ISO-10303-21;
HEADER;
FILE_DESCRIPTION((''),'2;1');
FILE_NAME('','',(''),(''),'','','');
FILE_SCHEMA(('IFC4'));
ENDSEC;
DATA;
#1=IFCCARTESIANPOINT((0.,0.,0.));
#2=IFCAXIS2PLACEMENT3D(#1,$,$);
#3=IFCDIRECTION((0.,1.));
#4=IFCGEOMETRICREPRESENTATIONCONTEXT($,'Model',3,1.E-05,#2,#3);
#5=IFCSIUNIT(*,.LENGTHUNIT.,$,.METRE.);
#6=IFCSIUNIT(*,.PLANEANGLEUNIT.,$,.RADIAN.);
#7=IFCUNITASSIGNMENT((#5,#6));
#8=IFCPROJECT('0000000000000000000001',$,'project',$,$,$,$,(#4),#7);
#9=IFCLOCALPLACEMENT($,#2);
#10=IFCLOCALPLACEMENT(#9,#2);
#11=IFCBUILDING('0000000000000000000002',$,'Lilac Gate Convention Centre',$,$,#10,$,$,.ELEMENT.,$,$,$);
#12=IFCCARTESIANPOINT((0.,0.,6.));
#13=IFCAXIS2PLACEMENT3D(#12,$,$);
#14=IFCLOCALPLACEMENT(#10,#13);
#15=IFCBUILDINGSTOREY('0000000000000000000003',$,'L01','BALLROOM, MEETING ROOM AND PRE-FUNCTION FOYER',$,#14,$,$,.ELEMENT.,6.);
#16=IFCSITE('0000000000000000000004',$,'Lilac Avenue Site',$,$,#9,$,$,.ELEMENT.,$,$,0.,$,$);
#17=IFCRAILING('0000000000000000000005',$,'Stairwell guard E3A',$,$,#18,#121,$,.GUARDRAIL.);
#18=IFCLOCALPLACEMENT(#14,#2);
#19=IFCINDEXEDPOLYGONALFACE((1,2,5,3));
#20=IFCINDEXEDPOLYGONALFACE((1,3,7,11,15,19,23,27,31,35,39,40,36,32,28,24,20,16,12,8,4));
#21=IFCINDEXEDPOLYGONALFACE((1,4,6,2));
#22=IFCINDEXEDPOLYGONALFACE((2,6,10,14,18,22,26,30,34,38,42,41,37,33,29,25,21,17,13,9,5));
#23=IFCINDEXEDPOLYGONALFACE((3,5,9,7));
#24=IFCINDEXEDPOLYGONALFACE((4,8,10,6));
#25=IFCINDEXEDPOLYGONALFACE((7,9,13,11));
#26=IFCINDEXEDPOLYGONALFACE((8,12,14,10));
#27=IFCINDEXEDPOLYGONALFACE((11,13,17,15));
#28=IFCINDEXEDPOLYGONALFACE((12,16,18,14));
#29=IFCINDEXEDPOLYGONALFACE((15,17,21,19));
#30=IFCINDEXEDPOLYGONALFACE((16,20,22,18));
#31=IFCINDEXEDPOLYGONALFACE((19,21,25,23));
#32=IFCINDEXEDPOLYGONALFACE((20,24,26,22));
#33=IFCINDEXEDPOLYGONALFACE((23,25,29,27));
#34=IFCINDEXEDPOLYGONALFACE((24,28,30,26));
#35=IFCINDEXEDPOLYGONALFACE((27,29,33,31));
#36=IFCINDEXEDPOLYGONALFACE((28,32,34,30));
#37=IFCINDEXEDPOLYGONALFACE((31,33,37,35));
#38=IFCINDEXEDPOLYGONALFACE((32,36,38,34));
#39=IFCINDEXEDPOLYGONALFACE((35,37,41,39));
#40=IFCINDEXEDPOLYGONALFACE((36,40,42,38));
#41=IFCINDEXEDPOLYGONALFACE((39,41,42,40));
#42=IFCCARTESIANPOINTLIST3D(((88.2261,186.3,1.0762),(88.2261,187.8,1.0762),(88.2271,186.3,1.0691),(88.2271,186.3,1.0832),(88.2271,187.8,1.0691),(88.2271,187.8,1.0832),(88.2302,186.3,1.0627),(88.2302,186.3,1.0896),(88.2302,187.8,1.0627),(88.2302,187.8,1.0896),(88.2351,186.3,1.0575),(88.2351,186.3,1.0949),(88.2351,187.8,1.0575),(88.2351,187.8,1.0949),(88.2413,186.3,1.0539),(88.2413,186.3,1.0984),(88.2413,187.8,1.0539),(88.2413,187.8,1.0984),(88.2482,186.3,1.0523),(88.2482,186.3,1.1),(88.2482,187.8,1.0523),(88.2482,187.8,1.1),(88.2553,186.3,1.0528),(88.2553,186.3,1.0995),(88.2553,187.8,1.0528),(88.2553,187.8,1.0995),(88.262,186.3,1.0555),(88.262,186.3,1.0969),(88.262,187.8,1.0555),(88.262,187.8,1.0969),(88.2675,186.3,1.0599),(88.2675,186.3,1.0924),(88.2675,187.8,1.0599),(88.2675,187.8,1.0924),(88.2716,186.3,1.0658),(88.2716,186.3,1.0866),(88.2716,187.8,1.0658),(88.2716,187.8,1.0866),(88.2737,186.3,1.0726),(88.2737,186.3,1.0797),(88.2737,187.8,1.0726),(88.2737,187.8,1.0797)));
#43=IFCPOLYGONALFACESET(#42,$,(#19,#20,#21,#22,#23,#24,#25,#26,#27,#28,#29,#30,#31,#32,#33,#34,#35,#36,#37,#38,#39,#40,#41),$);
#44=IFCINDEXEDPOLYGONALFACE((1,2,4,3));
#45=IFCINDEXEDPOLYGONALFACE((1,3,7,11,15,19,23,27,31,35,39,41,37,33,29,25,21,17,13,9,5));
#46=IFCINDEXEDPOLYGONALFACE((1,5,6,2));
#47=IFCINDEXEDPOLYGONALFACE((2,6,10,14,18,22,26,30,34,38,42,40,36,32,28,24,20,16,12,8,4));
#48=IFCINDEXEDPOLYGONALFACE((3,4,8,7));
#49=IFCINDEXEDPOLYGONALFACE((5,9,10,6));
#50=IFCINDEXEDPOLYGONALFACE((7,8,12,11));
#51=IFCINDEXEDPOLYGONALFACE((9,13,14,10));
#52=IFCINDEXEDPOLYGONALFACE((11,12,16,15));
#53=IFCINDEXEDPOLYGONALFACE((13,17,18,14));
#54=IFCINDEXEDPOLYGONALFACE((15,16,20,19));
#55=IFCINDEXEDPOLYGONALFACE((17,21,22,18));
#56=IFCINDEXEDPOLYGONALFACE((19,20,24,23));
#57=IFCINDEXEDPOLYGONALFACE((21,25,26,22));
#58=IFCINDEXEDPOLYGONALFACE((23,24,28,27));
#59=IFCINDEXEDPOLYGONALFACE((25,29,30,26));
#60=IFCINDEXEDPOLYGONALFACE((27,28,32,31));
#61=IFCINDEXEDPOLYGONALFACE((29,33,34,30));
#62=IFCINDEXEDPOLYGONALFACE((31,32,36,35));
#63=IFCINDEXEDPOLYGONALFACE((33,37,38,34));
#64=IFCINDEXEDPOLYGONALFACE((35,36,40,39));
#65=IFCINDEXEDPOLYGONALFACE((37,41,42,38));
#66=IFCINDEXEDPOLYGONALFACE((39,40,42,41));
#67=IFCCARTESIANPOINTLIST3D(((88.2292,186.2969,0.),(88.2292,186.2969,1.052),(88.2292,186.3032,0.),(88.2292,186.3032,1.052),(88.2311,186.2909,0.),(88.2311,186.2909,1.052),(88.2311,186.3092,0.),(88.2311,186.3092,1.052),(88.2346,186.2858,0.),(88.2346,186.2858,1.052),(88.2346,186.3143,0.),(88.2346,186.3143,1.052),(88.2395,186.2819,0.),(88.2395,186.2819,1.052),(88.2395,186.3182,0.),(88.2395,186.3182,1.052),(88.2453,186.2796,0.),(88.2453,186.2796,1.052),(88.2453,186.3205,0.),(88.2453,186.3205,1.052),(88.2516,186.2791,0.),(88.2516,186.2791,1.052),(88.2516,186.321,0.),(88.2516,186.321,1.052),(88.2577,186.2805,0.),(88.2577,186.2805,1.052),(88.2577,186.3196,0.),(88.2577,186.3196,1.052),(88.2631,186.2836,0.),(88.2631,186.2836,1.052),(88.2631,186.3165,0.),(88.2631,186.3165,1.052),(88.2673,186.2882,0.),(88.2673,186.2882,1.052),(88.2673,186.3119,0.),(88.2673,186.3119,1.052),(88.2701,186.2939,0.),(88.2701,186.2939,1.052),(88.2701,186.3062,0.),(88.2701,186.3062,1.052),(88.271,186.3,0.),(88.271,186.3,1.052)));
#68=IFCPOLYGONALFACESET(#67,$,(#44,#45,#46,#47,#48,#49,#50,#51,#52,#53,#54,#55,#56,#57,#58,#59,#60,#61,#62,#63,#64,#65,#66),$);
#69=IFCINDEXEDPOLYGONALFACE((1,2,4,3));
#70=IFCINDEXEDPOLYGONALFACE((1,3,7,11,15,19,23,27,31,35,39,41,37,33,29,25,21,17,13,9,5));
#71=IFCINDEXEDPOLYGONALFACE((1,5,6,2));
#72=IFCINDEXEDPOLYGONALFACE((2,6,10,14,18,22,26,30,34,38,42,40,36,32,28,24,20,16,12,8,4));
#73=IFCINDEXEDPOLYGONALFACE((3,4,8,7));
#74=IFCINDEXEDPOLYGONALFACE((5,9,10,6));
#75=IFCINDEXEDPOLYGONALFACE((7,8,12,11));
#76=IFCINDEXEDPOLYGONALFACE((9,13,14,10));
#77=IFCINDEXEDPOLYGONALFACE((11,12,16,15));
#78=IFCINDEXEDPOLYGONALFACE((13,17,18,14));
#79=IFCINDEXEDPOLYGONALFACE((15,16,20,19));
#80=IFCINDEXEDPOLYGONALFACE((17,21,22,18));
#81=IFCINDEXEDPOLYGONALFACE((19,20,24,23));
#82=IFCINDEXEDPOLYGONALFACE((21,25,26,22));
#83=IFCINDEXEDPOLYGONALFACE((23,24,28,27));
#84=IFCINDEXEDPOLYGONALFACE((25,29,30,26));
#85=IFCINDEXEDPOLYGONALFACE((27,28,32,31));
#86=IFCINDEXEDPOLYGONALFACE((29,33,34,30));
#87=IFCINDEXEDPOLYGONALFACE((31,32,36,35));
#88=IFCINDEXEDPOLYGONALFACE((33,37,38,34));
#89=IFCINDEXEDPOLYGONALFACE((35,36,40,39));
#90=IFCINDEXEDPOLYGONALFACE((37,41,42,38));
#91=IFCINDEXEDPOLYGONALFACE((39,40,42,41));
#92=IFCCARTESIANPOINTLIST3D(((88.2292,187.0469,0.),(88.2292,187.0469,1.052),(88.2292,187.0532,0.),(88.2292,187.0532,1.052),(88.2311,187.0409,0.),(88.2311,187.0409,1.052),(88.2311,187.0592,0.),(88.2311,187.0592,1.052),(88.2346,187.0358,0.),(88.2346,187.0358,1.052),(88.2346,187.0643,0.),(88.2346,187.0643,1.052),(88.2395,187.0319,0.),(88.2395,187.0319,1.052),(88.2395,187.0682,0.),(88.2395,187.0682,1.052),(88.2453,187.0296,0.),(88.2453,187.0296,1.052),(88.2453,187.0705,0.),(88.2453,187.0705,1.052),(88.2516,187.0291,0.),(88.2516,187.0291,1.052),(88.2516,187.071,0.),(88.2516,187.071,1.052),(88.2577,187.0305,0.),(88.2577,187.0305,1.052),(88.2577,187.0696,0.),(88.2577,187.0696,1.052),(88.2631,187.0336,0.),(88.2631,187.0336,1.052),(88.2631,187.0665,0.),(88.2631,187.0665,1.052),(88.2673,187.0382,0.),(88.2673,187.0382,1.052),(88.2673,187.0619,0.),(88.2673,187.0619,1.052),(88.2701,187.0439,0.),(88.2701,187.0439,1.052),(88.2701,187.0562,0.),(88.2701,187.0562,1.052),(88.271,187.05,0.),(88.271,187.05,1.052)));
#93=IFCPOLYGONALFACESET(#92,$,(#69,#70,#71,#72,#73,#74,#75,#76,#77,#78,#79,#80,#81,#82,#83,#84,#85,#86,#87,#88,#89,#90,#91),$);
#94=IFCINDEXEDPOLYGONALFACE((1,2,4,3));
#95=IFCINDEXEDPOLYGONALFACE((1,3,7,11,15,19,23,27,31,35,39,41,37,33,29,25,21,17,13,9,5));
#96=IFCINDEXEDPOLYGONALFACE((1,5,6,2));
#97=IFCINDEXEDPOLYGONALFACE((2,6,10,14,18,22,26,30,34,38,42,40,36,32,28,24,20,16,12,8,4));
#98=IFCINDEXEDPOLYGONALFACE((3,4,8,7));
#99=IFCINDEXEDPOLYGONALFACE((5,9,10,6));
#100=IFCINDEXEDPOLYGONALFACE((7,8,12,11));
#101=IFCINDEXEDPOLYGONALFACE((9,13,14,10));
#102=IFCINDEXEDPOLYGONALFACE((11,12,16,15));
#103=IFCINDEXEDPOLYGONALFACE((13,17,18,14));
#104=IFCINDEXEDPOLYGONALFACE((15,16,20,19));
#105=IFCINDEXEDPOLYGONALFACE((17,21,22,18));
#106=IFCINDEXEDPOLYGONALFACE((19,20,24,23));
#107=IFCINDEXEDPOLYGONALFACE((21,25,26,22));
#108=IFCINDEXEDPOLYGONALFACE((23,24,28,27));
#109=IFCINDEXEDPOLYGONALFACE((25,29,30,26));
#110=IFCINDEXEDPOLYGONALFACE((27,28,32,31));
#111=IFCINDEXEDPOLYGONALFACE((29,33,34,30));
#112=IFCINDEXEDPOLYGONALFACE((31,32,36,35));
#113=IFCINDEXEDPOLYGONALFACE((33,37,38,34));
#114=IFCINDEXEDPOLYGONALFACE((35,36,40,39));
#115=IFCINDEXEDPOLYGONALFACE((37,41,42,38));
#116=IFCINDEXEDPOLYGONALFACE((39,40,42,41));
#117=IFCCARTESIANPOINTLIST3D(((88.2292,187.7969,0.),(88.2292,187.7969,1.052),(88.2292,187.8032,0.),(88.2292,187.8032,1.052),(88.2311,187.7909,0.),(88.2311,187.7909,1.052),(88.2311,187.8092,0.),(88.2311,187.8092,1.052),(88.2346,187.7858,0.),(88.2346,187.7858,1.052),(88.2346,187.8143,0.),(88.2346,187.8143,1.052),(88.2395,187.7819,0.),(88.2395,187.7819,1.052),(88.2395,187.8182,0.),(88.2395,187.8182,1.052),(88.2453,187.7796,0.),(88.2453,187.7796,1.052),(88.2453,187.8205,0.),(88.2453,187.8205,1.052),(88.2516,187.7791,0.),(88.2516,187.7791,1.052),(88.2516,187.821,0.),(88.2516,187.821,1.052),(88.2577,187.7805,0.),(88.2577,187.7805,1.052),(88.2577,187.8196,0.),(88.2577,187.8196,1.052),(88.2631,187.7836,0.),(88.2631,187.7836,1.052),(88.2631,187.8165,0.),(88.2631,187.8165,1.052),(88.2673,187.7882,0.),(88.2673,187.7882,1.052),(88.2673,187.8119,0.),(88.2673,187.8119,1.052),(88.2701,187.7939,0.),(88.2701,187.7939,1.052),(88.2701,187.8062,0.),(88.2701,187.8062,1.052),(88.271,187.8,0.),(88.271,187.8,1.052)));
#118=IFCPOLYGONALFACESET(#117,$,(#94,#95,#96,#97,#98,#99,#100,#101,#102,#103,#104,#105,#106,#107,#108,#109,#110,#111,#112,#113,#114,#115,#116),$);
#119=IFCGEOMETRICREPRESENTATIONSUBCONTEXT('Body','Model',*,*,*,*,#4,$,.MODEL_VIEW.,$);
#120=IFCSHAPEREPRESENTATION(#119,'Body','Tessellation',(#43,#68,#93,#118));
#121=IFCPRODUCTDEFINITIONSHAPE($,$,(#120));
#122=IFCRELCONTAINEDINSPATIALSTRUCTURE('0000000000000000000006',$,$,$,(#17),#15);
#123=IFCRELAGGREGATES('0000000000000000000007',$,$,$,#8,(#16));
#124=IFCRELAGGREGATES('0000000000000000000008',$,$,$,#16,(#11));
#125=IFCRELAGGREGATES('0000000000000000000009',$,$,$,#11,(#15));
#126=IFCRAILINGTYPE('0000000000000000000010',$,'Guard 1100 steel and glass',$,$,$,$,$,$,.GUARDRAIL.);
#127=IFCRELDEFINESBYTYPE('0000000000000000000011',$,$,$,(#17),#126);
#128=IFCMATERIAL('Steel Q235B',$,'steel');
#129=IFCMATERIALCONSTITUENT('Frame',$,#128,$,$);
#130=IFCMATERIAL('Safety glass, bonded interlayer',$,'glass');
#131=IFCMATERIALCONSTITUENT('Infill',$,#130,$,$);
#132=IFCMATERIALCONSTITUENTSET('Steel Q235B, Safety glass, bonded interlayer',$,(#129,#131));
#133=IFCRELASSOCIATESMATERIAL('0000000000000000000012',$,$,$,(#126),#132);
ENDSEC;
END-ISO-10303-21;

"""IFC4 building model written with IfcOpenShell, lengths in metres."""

from ifc_helpers import new_model, si_unit, direction, frame, origin, origin_2d, place, context, subcontext, project, spatial, circle, extrude, material, constituent, constituent_set, type_object, element, save


model = new_model("IFC4")

# Units and contexts
model_context = context("Model", 3, precision=1e-05, world=origin(), true_north=direction((0.0, 1.0)))
body_context = subcontext(model_context, "Body", "Model", "MODEL_VIEW")
ifc_project = project(units=[si_unit("LENGTHUNIT", "METRE"), si_unit("PLANEANGLEUNIT", "RADIAN")], contexts=[model_context])

# Site, building, storey
site_placement = place(None, origin())
site = spatial("IfcSite", under=ifc_project, at=site_placement, Name="Lilac Avenue Site", CompositionType="ELEMENT", RefElevation=0.0)
building_placement = place(site_placement, origin())
building = spatial("IfcBuilding", under=site, at=building_placement, Name="Lilac Gate Convention Centre", CompositionType="ELEMENT")
storey_placement = place(building_placement, frame((0.0, 0.0, 6.0)))
storey = spatial("IfcBuildingStorey", under=building, at=storey_placement, Name="L01", Description="BALLROOM, MEETING ROOM AND PRE-FUNCTION FOYER", CompositionType="ELEMENT", Elevation=6.0)

# Railing
ifc_material_1 = material(Name="Steel Q235B", Category="steel")
ifc_constituent_1 = constituent(ifc_material_1, Name="Frame")
ifc_material_2 = material(Name="Safety glass, bonded interlayer", Category="glass")
ifc_constituent_2 = constituent(ifc_material_2, Name="Infill")
ifc_constituent_set = constituent_set(constituents=[ifc_constituent_1, ifc_constituent_2], Name="Steel Q235B, Safety glass, bonded interlayer")
railing_type = type_object("IfcRailingType", Name="Guard 1100 steel and glass", PredefinedType="GUARDRAIL", material=ifc_constituent_set)
railing_placement = place(storey_placement, frame((88.25, 186.3, 0.0)))
element("IfcRailing", 1, at=railing_placement, inside=storey, type_object=railing_type, Name="Stairwell guard E3A", PredefinedType="GUARDRAIL", context=body_context, shape_type="SweptSolid", body=[
    extrude(circle(Radius=0.0239, at=origin_2d()), frame((0.0, 0.0, 1.0762), z_axis=(0.0, 1.0, 0.0), x_axis=(-1.0, 0.0, 0.0)), (0.0, 0.0, 1.0), 1.5),
    extrude(circle(Radius=0.021, at=origin_2d()), origin(), (0.0, 0.0, 1.0), 1.052),
    extrude(circle(Radius=0.021, at=origin_2d()), frame((0.0, 0.75, 0.0)), (0.0, 0.0, 1.0), 1.052),
    extrude(circle(Radius=0.021, at=origin_2d()), frame((0.0, 1.5, 0.0)), (0.0, 0.0, 1.0), 1.052),
])

save(model, "model.ifc")
